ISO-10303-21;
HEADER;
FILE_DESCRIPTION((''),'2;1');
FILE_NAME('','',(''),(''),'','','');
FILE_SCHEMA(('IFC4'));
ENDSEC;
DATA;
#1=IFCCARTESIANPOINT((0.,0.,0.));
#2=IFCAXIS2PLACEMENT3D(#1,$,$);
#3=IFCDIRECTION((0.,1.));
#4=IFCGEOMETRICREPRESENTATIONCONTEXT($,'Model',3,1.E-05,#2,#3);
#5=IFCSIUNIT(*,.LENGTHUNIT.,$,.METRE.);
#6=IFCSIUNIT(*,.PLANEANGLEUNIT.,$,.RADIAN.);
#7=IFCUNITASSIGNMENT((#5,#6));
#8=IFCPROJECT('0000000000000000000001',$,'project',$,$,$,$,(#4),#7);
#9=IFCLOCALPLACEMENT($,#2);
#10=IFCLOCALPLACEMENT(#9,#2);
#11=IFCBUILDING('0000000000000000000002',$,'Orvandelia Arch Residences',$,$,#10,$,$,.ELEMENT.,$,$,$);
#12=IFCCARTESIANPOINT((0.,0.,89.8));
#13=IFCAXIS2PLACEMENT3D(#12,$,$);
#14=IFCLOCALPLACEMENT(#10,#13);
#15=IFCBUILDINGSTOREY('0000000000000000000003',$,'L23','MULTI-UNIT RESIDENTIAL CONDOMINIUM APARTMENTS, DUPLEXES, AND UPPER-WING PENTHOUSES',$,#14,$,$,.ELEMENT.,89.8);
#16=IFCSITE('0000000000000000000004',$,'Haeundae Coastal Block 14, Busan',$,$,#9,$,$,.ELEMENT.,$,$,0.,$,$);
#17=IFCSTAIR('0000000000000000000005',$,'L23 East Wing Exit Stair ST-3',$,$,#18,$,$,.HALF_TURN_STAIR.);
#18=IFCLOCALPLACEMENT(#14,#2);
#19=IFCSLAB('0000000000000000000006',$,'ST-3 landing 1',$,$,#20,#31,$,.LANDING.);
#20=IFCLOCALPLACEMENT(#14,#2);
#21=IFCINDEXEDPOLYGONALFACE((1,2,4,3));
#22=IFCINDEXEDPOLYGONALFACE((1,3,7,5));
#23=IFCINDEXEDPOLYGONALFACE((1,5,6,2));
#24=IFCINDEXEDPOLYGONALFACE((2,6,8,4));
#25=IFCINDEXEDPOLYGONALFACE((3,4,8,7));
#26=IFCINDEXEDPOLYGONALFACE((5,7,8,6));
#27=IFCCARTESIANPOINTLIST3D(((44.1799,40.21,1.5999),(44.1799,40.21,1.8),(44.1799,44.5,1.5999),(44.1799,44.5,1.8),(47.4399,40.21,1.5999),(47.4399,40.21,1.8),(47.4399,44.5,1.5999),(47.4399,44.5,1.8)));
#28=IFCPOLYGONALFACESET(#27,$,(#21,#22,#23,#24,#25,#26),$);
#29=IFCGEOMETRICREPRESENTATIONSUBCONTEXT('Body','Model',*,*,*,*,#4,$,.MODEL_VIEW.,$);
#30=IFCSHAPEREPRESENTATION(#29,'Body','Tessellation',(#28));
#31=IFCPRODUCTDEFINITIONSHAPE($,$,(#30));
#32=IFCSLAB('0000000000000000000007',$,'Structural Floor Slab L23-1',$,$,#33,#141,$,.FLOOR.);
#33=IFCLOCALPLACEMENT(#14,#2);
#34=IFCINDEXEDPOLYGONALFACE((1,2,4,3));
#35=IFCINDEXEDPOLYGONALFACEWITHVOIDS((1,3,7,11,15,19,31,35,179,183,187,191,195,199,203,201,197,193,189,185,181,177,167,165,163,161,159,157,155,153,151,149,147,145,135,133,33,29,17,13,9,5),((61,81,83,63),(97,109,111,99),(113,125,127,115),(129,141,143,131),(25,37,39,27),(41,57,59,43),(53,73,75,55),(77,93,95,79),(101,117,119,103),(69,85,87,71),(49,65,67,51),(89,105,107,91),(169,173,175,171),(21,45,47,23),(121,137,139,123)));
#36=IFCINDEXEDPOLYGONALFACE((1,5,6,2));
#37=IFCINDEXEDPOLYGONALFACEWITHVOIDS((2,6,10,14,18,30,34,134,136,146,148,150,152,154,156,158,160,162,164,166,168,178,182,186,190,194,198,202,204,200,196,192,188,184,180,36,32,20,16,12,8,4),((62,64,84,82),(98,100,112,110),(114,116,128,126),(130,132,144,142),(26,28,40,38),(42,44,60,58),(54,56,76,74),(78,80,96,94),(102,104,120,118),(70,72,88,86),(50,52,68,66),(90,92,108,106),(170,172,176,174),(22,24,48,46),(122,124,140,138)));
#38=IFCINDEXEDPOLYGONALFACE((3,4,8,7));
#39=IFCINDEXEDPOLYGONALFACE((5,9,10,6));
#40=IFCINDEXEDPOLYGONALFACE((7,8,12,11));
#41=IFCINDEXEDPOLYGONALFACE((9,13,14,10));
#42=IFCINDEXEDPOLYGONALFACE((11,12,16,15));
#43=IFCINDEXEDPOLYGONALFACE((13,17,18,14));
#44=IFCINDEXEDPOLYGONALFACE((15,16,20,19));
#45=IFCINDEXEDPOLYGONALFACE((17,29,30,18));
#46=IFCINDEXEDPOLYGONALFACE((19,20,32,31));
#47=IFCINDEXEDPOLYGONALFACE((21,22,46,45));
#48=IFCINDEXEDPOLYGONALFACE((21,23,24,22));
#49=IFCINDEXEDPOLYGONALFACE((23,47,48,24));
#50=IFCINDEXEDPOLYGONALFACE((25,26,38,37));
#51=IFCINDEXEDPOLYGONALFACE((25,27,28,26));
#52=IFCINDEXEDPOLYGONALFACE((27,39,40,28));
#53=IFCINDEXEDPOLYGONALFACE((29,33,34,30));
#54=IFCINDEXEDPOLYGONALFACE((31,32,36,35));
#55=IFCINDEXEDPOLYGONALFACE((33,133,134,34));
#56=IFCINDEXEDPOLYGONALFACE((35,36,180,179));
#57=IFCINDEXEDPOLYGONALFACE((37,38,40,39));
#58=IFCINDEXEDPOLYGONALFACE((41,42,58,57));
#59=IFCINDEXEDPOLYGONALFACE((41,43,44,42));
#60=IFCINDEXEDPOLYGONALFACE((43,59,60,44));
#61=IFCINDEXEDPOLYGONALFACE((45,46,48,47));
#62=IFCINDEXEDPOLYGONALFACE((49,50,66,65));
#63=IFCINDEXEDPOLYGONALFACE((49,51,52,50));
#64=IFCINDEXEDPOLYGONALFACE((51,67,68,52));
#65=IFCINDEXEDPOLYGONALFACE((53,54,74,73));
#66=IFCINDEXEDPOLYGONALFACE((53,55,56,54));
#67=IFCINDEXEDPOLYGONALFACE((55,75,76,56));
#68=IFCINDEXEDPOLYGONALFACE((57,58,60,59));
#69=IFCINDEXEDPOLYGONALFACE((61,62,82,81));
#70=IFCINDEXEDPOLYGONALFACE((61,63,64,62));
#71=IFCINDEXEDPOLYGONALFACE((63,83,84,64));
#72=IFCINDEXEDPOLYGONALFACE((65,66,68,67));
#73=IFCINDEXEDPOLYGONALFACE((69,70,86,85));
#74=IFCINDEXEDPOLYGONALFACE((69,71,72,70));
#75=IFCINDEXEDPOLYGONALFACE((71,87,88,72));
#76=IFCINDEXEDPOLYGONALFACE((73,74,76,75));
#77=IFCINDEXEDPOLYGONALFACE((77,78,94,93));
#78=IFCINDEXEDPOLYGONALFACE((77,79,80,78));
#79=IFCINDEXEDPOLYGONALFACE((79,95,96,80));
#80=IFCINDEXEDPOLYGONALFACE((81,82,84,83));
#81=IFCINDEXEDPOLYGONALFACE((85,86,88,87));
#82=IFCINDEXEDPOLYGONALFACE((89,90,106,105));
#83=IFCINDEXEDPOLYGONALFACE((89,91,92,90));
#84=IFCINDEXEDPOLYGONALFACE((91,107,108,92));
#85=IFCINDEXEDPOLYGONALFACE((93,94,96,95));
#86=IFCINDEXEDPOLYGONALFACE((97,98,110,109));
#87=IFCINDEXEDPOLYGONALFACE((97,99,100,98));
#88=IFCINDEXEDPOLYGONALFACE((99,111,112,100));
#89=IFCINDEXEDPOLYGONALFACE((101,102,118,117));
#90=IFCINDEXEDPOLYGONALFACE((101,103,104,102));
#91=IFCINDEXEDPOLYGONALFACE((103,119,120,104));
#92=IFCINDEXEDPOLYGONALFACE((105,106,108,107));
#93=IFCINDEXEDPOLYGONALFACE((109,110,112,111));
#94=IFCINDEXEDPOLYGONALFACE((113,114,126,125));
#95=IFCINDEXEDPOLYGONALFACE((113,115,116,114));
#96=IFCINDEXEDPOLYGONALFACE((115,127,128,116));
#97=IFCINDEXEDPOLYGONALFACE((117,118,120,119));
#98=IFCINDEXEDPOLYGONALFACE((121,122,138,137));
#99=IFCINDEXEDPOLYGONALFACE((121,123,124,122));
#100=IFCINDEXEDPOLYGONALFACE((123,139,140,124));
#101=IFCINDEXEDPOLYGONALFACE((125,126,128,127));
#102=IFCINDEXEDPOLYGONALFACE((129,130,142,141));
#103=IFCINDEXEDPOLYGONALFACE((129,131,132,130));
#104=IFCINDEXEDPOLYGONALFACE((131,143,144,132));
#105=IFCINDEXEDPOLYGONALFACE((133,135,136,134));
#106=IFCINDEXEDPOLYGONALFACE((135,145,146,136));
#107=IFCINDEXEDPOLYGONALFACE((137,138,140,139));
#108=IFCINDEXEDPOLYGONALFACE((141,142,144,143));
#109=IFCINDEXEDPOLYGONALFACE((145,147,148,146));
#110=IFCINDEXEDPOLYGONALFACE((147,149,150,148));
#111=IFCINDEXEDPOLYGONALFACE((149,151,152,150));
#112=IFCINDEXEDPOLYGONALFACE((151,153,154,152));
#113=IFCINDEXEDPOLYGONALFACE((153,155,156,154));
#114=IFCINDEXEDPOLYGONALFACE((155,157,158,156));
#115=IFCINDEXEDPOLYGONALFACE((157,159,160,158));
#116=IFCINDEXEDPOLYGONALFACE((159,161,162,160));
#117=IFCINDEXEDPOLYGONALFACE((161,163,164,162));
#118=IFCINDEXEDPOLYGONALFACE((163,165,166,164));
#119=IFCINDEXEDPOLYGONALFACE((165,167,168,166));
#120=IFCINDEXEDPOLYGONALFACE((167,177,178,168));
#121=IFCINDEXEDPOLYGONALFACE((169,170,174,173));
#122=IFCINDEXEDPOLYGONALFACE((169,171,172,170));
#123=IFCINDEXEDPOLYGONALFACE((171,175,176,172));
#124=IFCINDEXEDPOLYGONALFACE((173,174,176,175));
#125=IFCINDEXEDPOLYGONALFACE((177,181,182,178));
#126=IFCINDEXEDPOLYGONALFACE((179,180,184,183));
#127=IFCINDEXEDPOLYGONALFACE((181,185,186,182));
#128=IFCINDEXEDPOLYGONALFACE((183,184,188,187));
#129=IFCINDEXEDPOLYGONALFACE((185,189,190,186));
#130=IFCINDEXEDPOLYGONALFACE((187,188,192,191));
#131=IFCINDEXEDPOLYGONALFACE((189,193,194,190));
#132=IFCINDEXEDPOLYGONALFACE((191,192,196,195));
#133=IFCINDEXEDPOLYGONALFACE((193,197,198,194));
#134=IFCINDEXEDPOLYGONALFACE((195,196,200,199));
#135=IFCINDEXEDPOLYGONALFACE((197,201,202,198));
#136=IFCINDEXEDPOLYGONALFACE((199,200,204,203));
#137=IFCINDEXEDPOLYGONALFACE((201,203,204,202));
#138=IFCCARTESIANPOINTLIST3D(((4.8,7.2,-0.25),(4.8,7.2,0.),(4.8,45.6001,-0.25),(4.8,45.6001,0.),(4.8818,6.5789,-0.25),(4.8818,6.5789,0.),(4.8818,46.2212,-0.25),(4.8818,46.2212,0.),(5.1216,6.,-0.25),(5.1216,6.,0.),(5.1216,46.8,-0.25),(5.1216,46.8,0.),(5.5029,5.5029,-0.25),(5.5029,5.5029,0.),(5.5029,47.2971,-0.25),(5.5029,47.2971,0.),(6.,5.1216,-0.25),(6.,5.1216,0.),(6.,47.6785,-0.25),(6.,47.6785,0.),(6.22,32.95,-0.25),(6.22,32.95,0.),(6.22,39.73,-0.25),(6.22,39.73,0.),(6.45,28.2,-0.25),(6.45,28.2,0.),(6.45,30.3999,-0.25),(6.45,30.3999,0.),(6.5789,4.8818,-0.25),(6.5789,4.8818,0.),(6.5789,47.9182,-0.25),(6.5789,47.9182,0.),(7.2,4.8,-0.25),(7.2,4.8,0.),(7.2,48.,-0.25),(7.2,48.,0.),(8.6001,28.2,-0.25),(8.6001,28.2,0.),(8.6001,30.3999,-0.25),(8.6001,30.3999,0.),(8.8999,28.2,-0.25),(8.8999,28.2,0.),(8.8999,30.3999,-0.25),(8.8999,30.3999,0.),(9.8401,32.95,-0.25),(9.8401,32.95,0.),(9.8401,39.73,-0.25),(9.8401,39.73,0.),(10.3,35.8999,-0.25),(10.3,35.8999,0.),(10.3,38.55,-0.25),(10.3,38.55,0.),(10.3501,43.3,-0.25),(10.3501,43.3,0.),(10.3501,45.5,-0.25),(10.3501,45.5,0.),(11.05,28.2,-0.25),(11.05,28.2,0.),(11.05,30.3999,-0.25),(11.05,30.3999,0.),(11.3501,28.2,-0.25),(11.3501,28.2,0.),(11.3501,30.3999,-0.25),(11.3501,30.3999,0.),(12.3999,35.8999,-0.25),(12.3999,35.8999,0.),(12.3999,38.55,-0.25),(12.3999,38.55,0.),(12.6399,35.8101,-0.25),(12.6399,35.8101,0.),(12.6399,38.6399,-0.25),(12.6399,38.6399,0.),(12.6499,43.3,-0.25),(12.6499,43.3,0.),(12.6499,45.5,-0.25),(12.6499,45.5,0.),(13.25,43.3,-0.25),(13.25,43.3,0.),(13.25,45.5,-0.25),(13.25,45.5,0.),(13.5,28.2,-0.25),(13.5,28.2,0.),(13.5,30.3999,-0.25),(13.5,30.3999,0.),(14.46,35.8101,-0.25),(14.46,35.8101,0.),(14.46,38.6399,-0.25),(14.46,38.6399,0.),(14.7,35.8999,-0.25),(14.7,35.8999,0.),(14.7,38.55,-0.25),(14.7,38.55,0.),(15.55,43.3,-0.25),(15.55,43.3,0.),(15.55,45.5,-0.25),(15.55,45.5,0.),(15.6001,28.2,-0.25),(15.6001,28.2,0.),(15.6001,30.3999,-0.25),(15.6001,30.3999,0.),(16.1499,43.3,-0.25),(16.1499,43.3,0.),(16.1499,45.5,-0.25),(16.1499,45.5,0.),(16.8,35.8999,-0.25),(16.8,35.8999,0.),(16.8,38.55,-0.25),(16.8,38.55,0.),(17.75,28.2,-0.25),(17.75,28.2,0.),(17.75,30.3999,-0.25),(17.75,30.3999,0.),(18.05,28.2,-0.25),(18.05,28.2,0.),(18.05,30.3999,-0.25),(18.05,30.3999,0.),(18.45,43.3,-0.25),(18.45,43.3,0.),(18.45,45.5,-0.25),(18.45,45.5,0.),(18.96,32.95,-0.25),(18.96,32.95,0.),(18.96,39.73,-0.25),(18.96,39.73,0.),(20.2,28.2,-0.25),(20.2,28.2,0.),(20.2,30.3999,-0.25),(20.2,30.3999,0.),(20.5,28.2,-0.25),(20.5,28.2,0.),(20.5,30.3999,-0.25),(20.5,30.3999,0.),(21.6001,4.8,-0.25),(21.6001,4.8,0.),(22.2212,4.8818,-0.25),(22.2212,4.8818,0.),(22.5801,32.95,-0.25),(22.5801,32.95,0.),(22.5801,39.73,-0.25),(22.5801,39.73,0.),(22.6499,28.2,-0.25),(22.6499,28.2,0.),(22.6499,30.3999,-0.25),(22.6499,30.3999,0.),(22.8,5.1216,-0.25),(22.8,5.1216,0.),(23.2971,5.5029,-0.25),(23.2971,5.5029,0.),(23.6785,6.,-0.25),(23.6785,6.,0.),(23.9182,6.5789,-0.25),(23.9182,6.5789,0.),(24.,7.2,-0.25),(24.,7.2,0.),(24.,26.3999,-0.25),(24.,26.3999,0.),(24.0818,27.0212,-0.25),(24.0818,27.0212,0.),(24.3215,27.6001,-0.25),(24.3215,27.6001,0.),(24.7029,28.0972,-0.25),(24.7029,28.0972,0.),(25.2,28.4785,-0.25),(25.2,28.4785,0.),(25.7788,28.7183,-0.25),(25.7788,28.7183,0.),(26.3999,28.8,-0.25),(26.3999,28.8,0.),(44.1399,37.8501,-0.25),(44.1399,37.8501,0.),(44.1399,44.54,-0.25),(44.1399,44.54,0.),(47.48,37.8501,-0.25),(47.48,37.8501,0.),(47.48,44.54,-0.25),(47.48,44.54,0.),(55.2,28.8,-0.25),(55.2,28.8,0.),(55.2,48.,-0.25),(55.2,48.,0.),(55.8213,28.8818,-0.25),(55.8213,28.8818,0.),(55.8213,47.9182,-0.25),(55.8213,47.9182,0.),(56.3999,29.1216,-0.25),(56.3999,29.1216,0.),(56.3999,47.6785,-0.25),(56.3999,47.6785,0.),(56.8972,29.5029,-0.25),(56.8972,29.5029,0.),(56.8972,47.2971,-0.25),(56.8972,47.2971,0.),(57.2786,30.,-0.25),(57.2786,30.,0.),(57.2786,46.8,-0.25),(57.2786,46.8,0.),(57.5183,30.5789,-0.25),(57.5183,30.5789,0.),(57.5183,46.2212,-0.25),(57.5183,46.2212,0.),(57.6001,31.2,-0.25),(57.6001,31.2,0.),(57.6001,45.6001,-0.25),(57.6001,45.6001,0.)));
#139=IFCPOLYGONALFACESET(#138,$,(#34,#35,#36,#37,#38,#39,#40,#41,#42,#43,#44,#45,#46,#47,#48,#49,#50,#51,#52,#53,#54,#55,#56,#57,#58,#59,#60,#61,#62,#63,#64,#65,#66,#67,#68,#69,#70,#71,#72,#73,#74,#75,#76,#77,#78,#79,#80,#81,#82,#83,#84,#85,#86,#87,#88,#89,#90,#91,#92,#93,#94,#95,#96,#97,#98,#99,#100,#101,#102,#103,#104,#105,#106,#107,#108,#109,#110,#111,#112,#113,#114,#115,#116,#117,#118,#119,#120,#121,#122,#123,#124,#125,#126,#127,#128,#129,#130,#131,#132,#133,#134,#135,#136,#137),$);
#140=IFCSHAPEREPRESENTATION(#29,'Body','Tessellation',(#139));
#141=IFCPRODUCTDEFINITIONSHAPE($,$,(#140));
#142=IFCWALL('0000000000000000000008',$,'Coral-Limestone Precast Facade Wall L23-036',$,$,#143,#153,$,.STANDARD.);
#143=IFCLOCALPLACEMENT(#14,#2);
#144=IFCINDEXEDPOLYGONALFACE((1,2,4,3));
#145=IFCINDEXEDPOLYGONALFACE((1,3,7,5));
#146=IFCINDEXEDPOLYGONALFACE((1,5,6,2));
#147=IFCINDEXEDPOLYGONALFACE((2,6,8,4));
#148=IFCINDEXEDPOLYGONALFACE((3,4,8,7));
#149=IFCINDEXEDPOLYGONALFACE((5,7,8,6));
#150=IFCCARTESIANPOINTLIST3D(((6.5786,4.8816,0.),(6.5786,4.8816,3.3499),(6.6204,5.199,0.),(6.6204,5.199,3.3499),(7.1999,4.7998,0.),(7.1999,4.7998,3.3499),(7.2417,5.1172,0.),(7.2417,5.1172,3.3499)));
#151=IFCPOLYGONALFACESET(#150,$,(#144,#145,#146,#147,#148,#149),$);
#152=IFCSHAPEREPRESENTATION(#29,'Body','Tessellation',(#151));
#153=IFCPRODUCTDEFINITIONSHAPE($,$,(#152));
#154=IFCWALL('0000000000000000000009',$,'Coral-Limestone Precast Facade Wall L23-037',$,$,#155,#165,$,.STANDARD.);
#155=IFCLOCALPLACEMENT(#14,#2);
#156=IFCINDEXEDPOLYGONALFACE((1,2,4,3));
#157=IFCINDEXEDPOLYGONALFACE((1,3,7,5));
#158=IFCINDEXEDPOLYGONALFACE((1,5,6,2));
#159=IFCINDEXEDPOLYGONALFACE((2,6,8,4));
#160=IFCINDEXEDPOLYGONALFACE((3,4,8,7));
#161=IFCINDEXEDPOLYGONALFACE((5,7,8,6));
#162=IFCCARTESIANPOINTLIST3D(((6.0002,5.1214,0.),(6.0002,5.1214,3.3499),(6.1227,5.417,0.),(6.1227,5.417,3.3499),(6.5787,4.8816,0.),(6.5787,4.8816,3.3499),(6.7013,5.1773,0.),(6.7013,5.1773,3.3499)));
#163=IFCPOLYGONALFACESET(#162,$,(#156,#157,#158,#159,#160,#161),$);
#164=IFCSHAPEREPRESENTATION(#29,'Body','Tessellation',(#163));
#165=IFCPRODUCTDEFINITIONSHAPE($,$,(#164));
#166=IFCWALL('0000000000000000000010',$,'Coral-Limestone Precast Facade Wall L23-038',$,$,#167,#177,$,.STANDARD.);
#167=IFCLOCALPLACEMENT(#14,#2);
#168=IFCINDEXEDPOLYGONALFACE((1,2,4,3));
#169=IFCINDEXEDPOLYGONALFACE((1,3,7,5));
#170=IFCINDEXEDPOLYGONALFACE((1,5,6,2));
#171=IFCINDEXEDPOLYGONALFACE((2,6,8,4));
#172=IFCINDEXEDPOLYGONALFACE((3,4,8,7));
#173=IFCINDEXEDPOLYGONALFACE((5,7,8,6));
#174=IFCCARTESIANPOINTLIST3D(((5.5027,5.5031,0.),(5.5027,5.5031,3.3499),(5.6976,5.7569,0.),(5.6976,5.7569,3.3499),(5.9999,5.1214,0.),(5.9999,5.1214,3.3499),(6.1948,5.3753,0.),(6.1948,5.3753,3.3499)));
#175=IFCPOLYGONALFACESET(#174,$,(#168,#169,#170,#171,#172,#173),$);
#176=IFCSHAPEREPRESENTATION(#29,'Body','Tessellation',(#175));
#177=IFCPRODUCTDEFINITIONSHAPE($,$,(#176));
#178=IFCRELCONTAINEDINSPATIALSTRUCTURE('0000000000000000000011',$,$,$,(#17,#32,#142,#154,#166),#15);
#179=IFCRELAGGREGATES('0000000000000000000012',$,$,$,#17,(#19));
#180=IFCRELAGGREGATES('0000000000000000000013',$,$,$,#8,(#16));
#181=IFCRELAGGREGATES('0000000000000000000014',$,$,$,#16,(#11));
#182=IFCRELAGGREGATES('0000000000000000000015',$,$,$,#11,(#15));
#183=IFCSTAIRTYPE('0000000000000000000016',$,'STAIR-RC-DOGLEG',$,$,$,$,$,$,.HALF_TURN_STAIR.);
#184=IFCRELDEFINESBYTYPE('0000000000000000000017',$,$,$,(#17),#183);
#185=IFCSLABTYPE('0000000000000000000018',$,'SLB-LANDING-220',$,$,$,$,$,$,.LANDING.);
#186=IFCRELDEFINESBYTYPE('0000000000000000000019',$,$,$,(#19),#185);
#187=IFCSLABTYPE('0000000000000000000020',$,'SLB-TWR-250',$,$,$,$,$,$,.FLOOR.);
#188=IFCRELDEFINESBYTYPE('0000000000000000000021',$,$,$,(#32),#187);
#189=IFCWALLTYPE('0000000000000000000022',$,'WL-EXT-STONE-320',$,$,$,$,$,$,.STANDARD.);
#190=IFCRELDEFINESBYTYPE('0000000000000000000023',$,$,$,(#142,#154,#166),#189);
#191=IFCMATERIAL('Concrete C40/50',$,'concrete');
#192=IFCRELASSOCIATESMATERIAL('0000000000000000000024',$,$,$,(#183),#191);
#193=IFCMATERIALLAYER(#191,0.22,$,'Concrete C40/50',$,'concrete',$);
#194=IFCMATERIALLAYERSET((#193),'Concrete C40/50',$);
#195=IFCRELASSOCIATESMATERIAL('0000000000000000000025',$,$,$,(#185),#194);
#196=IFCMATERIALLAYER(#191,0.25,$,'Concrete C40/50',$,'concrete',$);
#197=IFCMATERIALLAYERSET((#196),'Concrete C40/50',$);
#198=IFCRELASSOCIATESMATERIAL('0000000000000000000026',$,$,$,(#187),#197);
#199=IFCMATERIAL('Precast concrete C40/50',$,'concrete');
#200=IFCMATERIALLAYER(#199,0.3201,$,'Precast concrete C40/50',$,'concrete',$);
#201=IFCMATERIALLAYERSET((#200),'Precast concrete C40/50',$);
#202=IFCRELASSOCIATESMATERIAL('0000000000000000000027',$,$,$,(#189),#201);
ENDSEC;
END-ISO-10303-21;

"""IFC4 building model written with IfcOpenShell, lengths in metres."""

from ifc_helpers import new_model, si_unit, direction, frame, frame_2d, origin, place, context, subcontext, project, spatial, polyline, rectangle, outline, extrude, material, layer, layer_set, type_object, element, aggregate, save


model = new_model("IFC4")

# Units and contexts
model_context = context("Model", 3, precision=1e-05, world=origin(), true_north=direction((0.0, 1.0)))
body_context = subcontext(model_context, "Body", "Model", "MODEL_VIEW")
ifc_project = project(units=[si_unit("LENGTHUNIT", "METRE"), si_unit("PLANEANGLEUNIT", "RADIAN")], contexts=[model_context])

# Site, building, storey
site_placement = place(None, origin())
site = spatial("IfcSite", under=ifc_project, at=site_placement, Name="Haeundae Coastal Block 14, Busan", CompositionType="ELEMENT", RefElevation=0.0)
building_placement = place(site_placement, origin())
building = spatial("IfcBuilding", under=site, at=building_placement, Name="Orvandelia Arch Residences", CompositionType="ELEMENT")
storey_placement = place(building_placement, frame((0.0, 0.0, 89.8)))
storey = spatial("IfcBuildingStorey", under=building, at=storey_placement, Name="L23", Description="MULTI-UNIT RESIDENTIAL CONDOMINIUM APARTMENTS, DUPLEXES, AND UPPER-WING PENTHOUSES", CompositionType="ELEMENT", Elevation=89.8)

# Shared definitions
ifc_material_1 = material(Name="Precast concrete C40/50", Category="concrete")

# Stair, slab
ifc_material_2 = material(Name="Concrete C40/50", Category="concrete")
stair_type = type_object("IfcStairType", Name="STAIR-RC-DOGLEG", PredefinedType="HALF_TURN_STAIR", material=ifc_material_2)
ifc_layer_1 = layer(ifc_material_2, 0.22, Name="Concrete C40/50", Category="concrete")
ifc_layer_set_1 = layer_set([ifc_layer_1], Name="Concrete C40/50")
slab_type_1 = type_object("IfcSlabType", Name="SLB-LANDING-220", PredefinedType="LANDING", material=ifc_layer_set_1)
stair_1_placement = place(storey_placement, origin())
stair_1 = element("IfcStair", 1, at=stair_1_placement, inside=storey, type_object=stair_type, Name="L23 East Wing Exit Stair ST-3", PredefinedType="HALF_TURN_STAIR")
slab_1_placement = place(storey_placement, frame((0.0, 0.0, 1.5999)))
slab_1 = element("IfcSlab", 2, at=slab_1_placement, type_object=slab_type_1, Name="ST-3 landing 1", PredefinedType="LANDING", context=body_context, shape_type="SweptSolid", body=[
    extrude(outline(polyline([(47.4399, 40.21), (47.4399, 44.5), (44.1799, 44.5), (44.1799, 40.21), (47.4399, 40.21)])), origin(), (0.0, 0.0, 1.0), 0.2002),
])
aggregate(stair_1, [slab_1])

# Slab
ifc_layer_2 = layer(ifc_material_2, 0.25, Name="Concrete C40/50", Category="concrete")
ifc_layer_set_2 = layer_set([ifc_layer_2], Name="Concrete C40/50")
slab_type_2 = type_object("IfcSlabType", Name="SLB-TWR-250", PredefinedType="FLOOR", material=ifc_layer_set_2)
slab_2_placement = place(storey_placement, frame((0.0, 0.0, -0.25)))
element("IfcSlab", 3, at=slab_2_placement, inside=storey, type_object=slab_type_2, Name="Structural Floor Slab L23-1", PredefinedType="FLOOR", context=body_context, shape_type="SweptSolid", body=[
    extrude(outline(polyline([(4.8, 7.2), (4.8818, 6.5789), (5.1216, 6.0), (5.5029, 5.5029), (6.0, 5.1216), (6.5789, 4.8818), (7.2, 4.8), (21.6001, 4.8), (22.2212, 4.8818), (22.8, 5.1216), (23.2971, 5.5029), (23.6785, 6.0), (23.9182, 6.5789), (24.0, 7.2), (24.0, 26.3999), (24.0818, 27.0212), (24.3215, 27.6001), (24.7029, 28.0972), (25.2, 28.4785), (25.7788, 28.7183), (26.3999, 28.8), (55.2, 28.8), (55.8213, 28.8818), (56.3999, 29.1216), (56.8972, 29.5029), (57.2786, 30.0), (57.5183, 30.5789), (57.6001, 31.2), (57.6001, 45.6001), (57.5183, 46.2212), (57.2786, 46.8), (56.8972, 47.2971), (56.3999, 47.6785), (55.8213, 47.9182), (55.2, 48.0), (7.2, 48.0), (6.5789, 47.9182), (6.0, 47.6785), (5.5029, 47.2971), (5.1216, 46.8), (4.8818, 46.2212), (4.8, 45.6001), (4.8, 7.2)]), holes=[polyline([(6.22, 32.95), (9.8401, 32.95), (9.8401, 39.73), (6.22, 39.73), (6.22, 32.95)]), polyline([(18.96, 32.95), (22.5801, 32.95), (22.5801, 39.73), (18.96, 39.73), (18.96, 32.95)]), polyline([(44.1399, 37.8501), (47.48, 37.8501), (47.48, 44.54), (44.1399, 44.54), (44.1399, 37.8501)]), polyline([(12.6399, 35.8101), (14.46, 35.8101), (14.46, 38.6399), (12.6399, 38.6399), (12.6399, 35.8101)]), polyline([(10.3, 35.8999), (12.3999, 35.8999), (12.3999, 38.55), (10.3, 38.55), (10.3, 35.8999)]), polyline([(14.7, 35.8999), (16.8, 35.8999), (16.8, 38.55), (14.7, 38.55), (14.7, 35.8999)]), polyline([(10.3501, 43.3), (12.6499, 43.3), (12.6499, 45.5), (10.3501, 45.5), (10.3501, 43.3)]), polyline([(13.25, 43.3), (15.55, 43.3), (15.55, 45.5), (13.25, 45.5), (13.25, 43.3)]), polyline([(16.1499, 43.3), (18.45, 43.3), (18.45, 45.5), (16.1499, 45.5), (16.1499, 43.3)]), polyline([(6.45, 28.2), (8.6001, 28.2), (8.6001, 30.3999), (6.45, 30.3999), (6.45, 28.2)]), polyline([(8.8999, 28.2), (11.05, 28.2), (11.05, 30.3999), (8.8999, 30.3999), (8.8999, 28.2)]), polyline([(11.3501, 28.2), (13.5, 28.2), (13.5, 30.3999), (11.3501, 30.3999), (11.3501, 28.2)]), polyline([(15.6001, 28.2), (17.75, 28.2), (17.75, 30.3999), (15.6001, 30.3999), (15.6001, 28.2)]), polyline([(18.05, 28.2), (20.2, 28.2), (20.2, 30.3999), (18.05, 30.3999), (18.05, 28.2)]), polyline([(20.5, 28.2), (22.6499, 28.2), (22.6499, 30.3999), (20.5, 30.3999), (20.5, 28.2)])]), origin(), (0.0, 0.0, 1.0), 0.25),
])

# Walls
ifc_layer_3 = layer(ifc_material_1, 0.3201, Name="Precast concrete C40/50", Category="concrete")
ifc_layer_set_3 = layer_set([ifc_layer_3], Name="Precast concrete C40/50")
wall_type_1 = type_object("IfcWallType", Name="WL-EXT-STONE-320", PredefinedType="STANDARD", material=ifc_layer_set_3)
wall_1_placement = place(storey_placement, frame((7.2209, 4.9585, 0.0), z_axis=(0.0, 0.0, 1.0), x_axis=(-0.991448, 0.130505, 0.0)))
element("IfcWall", 4, at=wall_1_placement, inside=storey, type_object=wall_type_1, Name="Coral-Limestone Precast Facade Wall L23-036", PredefinedType="STANDARD", context=body_context, shape_type="SweptSolid", body=[
    extrude(rectangle(XDim=0.6267, YDim=0.3201, at=frame_2d((0.3135, 0.0))), origin(), (0.0, 0.0, 1.0), 3.3499),
])
wall_2_placement = place(storey_placement, frame((6.6399, 5.0295, 0.0), z_axis=(0.0, 0.0, 1.0), x_axis=(-0.923836, 0.382788, 0.0)))
element("IfcWall", 5, at=wall_2_placement, inside=storey, type_object=wall_type_1, Name="Coral-Limestone Precast Facade Wall L23-037", PredefinedType="STANDARD", context=body_context, shape_type="SweptSolid", body=[
    extrude(rectangle(XDim=0.6262, YDim=0.3201, at=frame_2d((0.313, 0.0))), origin(), (0.0, 0.0, 1.0), 3.3499),
])
for number, where, z_axis, x_axis, name in (
    (6, (6.0974, 5.2483, 0.0), (0.0, 0.0, 1.0), (-0.793217, 0.608939, 0.0), "Coral-Limestone Precast Facade Wall L23-038"),
):
    element("IfcWall", number, at=place(storey_placement, frame(where, z_axis=z_axis, x_axis=x_axis)), inside=storey, type_object=wall_type_1, Name=name, PredefinedType="STANDARD", context=body_context, shape_type="SweptSolid", body=[
        extrude(rectangle(XDim=0.6267, YDim=0.3201, at=frame_2d((0.3135, 0.0))), origin(), (0.0, 0.0, 1.0), 3.3499),
    ])

save(model, "model.ifc")
